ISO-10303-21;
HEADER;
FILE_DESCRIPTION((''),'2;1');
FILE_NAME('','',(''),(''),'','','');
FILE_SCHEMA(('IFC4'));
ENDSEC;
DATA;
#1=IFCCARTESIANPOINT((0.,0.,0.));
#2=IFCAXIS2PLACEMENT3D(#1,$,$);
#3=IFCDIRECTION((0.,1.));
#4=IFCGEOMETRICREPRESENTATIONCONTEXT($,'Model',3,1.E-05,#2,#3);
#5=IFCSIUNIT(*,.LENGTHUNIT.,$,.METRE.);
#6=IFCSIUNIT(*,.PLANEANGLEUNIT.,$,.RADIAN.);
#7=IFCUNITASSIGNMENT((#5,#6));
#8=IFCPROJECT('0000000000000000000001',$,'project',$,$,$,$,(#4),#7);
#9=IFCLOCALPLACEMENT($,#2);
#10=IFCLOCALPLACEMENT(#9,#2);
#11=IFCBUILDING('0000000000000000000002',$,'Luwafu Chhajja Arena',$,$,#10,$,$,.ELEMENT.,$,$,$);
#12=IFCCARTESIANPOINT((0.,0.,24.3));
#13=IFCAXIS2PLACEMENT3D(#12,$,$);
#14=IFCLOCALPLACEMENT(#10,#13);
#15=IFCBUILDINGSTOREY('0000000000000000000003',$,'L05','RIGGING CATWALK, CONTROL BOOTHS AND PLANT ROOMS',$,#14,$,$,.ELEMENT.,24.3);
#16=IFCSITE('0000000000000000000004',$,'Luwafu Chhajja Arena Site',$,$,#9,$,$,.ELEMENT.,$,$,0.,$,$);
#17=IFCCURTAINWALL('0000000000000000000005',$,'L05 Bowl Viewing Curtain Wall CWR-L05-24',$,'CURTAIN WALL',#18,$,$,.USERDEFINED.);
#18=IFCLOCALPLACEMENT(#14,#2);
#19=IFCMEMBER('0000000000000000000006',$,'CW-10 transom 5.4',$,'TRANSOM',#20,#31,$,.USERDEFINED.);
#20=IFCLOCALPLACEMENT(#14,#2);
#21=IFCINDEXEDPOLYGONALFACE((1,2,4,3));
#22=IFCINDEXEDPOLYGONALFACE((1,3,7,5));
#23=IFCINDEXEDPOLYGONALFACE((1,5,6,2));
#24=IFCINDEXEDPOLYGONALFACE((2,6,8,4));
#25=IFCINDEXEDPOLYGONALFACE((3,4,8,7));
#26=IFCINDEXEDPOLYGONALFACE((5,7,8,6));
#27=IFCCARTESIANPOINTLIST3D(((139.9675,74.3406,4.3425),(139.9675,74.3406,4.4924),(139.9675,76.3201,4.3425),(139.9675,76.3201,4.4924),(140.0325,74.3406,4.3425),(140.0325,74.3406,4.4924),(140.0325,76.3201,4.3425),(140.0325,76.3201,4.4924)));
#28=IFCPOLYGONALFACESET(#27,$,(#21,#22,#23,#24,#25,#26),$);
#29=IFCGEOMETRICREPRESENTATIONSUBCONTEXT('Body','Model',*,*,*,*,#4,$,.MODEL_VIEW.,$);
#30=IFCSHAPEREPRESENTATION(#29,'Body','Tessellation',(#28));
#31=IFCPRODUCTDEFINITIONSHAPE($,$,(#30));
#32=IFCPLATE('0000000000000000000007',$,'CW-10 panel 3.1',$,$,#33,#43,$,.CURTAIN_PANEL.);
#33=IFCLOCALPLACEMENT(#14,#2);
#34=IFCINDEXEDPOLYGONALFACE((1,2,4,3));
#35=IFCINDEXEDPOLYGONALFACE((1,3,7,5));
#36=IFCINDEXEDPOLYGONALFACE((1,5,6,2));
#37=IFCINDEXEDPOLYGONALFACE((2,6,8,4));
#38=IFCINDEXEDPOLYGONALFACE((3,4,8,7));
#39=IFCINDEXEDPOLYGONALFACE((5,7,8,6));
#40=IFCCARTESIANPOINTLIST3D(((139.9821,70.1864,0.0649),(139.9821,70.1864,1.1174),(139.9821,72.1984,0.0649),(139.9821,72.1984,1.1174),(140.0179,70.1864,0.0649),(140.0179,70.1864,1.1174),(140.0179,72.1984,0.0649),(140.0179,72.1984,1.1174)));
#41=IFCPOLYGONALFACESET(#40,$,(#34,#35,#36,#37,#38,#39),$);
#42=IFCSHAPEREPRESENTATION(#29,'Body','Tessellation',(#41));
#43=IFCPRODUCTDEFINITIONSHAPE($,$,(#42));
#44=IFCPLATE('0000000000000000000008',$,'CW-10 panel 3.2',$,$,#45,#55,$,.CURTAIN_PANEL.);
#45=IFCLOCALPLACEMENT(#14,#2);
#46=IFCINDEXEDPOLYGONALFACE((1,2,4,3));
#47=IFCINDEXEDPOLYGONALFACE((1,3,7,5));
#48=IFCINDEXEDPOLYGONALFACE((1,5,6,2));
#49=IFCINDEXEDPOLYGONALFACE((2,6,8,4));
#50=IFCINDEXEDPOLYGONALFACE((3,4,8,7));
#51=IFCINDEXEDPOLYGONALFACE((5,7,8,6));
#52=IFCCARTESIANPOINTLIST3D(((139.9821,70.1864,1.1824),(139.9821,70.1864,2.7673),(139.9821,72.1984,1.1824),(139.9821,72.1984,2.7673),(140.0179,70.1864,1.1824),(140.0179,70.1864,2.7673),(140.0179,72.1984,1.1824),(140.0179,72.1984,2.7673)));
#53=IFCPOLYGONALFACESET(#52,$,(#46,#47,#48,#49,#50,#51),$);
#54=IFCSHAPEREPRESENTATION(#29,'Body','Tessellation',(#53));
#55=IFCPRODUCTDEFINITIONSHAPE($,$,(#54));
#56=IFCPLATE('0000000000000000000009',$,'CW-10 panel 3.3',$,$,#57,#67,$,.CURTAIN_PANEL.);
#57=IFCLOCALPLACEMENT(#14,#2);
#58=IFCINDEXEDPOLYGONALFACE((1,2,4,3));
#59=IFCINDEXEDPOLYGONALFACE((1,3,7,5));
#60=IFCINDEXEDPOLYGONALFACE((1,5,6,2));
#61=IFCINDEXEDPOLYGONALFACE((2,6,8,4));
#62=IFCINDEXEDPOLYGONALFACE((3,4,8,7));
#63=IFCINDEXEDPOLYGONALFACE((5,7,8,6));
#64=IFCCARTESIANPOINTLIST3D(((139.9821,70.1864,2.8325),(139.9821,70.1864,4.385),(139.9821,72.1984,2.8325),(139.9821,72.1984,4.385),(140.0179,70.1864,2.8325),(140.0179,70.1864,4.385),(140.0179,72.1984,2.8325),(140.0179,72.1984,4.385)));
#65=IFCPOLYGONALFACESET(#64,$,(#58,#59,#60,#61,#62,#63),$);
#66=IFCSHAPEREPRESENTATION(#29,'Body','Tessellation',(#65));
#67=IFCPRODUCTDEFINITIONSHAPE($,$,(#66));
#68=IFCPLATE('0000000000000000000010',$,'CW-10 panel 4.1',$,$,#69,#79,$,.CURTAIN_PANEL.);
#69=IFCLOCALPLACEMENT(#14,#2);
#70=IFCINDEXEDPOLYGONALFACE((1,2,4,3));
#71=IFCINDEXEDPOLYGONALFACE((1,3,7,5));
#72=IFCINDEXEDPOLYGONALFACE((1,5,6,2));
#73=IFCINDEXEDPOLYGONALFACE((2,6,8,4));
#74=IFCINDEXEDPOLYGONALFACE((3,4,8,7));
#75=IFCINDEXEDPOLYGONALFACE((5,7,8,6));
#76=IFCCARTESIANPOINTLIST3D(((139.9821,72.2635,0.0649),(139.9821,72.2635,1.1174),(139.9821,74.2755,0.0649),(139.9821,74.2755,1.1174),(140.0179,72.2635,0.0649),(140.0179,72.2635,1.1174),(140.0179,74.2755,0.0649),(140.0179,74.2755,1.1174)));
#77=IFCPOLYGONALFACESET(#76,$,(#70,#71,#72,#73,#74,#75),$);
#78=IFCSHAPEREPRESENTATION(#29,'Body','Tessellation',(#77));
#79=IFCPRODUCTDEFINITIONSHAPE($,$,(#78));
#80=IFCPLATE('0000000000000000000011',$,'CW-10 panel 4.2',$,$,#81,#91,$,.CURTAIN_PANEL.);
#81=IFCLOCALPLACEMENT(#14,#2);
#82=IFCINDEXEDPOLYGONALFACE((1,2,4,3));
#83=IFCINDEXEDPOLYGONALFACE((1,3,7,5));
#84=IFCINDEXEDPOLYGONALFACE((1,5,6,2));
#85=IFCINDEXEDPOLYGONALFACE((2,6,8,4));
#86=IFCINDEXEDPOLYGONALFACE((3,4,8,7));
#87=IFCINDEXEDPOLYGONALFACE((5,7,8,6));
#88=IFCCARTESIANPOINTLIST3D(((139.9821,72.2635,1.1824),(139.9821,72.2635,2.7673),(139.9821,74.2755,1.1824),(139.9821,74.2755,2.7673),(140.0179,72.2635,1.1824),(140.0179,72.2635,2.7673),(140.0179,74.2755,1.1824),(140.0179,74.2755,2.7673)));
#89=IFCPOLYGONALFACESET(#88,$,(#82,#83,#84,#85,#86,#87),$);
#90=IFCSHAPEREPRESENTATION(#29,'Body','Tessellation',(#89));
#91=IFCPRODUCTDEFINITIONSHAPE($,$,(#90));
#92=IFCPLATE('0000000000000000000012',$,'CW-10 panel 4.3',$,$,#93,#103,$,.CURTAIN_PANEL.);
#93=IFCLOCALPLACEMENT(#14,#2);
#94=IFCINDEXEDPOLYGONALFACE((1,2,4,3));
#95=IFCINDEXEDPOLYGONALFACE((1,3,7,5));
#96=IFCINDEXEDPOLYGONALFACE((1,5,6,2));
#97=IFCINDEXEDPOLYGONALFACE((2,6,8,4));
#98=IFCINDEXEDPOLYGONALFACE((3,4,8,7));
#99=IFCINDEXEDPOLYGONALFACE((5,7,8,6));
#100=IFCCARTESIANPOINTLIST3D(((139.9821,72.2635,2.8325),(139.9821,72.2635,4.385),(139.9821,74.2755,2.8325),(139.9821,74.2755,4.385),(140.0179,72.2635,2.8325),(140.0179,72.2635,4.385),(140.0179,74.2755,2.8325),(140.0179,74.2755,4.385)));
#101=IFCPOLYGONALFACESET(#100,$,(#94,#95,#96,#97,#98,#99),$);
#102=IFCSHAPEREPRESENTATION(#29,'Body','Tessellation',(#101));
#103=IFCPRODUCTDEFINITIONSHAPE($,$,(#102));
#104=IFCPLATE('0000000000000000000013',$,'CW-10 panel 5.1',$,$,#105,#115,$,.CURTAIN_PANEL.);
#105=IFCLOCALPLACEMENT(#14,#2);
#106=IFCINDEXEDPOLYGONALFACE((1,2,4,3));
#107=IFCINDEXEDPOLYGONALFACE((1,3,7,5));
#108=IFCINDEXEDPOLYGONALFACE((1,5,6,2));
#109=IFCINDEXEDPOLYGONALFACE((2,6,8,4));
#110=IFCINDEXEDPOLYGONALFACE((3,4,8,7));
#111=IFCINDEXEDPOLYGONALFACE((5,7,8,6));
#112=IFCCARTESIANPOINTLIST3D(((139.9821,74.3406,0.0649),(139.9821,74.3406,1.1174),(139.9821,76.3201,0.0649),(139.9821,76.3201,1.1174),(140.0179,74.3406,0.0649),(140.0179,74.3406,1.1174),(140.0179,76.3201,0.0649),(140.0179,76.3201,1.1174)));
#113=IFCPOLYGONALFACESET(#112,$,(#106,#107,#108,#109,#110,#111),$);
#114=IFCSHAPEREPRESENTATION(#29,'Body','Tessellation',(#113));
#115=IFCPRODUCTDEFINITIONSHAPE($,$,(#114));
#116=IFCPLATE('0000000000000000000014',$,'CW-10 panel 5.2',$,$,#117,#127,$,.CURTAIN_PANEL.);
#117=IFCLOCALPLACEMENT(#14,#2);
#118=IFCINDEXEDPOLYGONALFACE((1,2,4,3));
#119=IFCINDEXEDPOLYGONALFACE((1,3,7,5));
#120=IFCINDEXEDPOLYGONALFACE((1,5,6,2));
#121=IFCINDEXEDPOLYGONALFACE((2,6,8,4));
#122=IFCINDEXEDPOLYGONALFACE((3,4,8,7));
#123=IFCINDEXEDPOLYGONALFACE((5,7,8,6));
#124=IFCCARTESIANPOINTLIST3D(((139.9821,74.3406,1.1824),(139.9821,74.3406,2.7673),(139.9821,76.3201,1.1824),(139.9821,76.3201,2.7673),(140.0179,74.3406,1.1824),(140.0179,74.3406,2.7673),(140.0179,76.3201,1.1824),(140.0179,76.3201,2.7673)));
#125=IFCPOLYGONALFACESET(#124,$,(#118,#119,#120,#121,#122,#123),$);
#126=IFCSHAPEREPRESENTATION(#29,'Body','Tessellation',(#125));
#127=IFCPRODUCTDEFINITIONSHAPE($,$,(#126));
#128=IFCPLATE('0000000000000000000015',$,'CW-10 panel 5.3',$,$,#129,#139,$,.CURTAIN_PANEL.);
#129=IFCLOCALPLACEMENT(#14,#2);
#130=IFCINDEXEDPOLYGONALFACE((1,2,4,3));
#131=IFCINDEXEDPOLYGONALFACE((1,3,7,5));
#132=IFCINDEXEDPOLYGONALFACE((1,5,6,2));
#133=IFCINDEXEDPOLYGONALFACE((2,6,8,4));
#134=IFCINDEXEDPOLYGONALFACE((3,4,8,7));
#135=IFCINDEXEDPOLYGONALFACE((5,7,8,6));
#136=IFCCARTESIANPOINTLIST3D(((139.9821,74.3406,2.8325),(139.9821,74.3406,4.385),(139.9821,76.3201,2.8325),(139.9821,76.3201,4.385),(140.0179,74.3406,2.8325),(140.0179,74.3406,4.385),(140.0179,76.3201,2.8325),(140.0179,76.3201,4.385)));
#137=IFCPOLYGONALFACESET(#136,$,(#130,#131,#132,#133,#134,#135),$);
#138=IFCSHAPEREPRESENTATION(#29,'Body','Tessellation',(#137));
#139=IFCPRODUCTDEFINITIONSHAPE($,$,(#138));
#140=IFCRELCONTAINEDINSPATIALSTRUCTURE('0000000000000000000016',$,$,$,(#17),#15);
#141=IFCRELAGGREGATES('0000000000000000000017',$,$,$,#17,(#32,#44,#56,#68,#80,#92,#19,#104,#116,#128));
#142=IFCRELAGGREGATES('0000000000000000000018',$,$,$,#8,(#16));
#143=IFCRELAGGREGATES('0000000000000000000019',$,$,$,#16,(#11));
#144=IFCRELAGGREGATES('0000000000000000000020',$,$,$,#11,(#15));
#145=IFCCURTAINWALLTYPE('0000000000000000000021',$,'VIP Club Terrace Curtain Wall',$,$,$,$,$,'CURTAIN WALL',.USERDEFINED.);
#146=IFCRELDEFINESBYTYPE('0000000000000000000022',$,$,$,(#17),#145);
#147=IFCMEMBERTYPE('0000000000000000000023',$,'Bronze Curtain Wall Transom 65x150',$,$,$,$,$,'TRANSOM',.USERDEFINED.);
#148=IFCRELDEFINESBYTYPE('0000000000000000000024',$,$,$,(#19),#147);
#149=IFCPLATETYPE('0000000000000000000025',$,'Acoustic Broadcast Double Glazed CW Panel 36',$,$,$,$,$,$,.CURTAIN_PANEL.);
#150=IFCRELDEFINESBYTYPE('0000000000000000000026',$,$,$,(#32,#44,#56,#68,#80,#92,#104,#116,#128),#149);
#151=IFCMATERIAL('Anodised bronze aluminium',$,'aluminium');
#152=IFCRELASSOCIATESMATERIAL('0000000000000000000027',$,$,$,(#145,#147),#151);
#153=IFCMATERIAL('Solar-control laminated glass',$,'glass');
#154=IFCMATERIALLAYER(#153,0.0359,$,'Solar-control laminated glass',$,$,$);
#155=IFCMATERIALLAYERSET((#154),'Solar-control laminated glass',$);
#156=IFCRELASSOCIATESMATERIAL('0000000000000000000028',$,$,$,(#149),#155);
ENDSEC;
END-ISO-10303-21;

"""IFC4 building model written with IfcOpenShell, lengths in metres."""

from ifc_helpers import new_model, si_unit, direction, frame, origin, origin_2d, place, context, subcontext, project, spatial, rectangle, extrude, material, layer, layer_set, material_profile, profile_set, type_object, element, aggregate, save


model = new_model("IFC4")

# Units and contexts
model_context = context("Model", 3, precision=1e-05, world=origin(), true_north=direction((0.0, 1.0)))
body_context = subcontext(model_context, "Body", "Model", "MODEL_VIEW")
ifc_project = project(units=[si_unit("LENGTHUNIT", "METRE"), si_unit("PLANEANGLEUNIT", "RADIAN")], contexts=[model_context])

# Site, building, storey
site_placement = place(None, origin())
site = spatial("IfcSite", under=ifc_project, at=site_placement, Name="Luwafu Chhajja Arena Site", CompositionType="ELEMENT", RefElevation=0.0)
building_placement = place(site_placement, origin())
building = spatial("IfcBuilding", under=site, at=building_placement, Name="Luwafu Chhajja Arena", CompositionType="ELEMENT")
storey_placement = place(building_placement, frame((0.0, 0.0, 24.3)))
storey = spatial("IfcBuildingStorey", under=building, at=storey_placement, Name="L05", Description="RIGGING CATWALK, CONTROL BOOTHS AND PLANT ROOMS", CompositionType="ELEMENT", Elevation=24.3)

# Curtain wall, member, plates
ifc_material_1 = material(Name="Anodised bronze aluminium", Category="aluminium")
curtain_wall_type = type_object("IfcCurtainWallType", Name="VIP Club Terrace Curtain Wall", ElementType="CURTAIN WALL", PredefinedType="USERDEFINED", material=ifc_material_1)
curtain_wall_placement = place(storey_placement, origin())
curtain_wall = element("IfcCurtainWall", 1, at=curtain_wall_placement, inside=storey, type_object=curtain_wall_type, Name="L05 Bowl Viewing Curtain Wall CWR-L05-24", ObjectType="CURTAIN WALL", PredefinedType="USERDEFINED")
ifc_material_profile_1 = material_profile(ifc_material_1, rectangle(XDim=0.0649, YDim=0.1499, at=origin_2d()), Name="CWT 65x150")
ifc_profile_set_1 = profile_set([ifc_material_profile_1], Name="Anodised bronze aluminium")
member_type_1 = type_object("IfcMemberType", Name="Bronze Curtain Wall Transom 65x150", ElementType="TRANSOM", PredefinedType="USERDEFINED", material=ifc_profile_set_1)
member_1_placement = place(storey_placement, frame((140.0, 74.3406, 4.4175), z_axis=(0.0, 1.0, 0.0), x_axis=(-1.0, 0.0, 0.0)))
member_1 = element("IfcMember", 2, at=member_1_placement, type_object=member_type_1, Name="CW-10 transom 5.4", ObjectType="TRANSOM", PredefinedType="USERDEFINED", context=body_context, shape_type="SweptSolid", body=[
    extrude(rectangle(XDim=0.0649, YDim=0.1499, at=origin_2d()), origin(), (0.0, 0.0, 1.0), 1.9795),
])
ifc_material_2 = material(Name="Solar-control laminated glass", Category="glass")
ifc_layer = layer(ifc_material_2, 0.0359, Name="Solar-control laminated glass")
ifc_layer_set = layer_set([ifc_layer], Name="Solar-control laminated glass")
plate_type = type_object("IfcPlateType", Name="Acoustic Broadcast Double Glazed CW Panel 36", PredefinedType="CURTAIN_PANEL", material=ifc_layer_set)
plate_1_placement = place(storey_placement, frame((140.0, 71.1924, 0.0649), z_axis=(0.0, 0.0, 1.0), x_axis=(0.0, 1.0, 0.0)))
plate_1 = element("IfcPlate", 3, at=plate_1_placement, type_object=plate_type, Name="CW-10 panel 3.1", PredefinedType="CURTAIN_PANEL", context=body_context, shape_type="SweptSolid", body=[
    extrude(rectangle(XDim=2.012, YDim=0.0359, at=origin_2d()), origin(), (0.0, 0.0, 1.0), 1.0525),
])
plate_2_placement = place(storey_placement, frame((140.0, 71.1924, 1.1824), z_axis=(0.0, 0.0, 1.0), x_axis=(0.0, 1.0, 0.0)))
plate_2 = element("IfcPlate", 4, at=plate_2_placement, type_object=plate_type, Name="CW-10 panel 3.2", PredefinedType="CURTAIN_PANEL", context=body_context, shape_type="SweptSolid", body=[
    extrude(rectangle(XDim=2.012, YDim=0.0359, at=origin_2d()), origin(), (0.0, 0.0, 1.0), 1.585),
])
plate_3_placement = place(storey_placement, frame((140.0, 71.1924, 2.8325), z_axis=(0.0, 0.0, 1.0), x_axis=(0.0, 1.0, 0.0)))
plate_3 = element("IfcPlate", 5, at=plate_3_placement, type_object=plate_type, Name="CW-10 panel 3.3", PredefinedType="CURTAIN_PANEL", context=body_context, shape_type="SweptSolid", body=[
    extrude(rectangle(XDim=2.012, YDim=0.0359, at=origin_2d()), origin(), (0.0, 0.0, 1.0), 1.5525),
])
plate_4_placement = place(storey_placement, frame((140.0, 73.2695, 0.0649), z_axis=(0.0, 0.0, 1.0), x_axis=(0.0, 1.0, 0.0)))
plate_4 = element("IfcPlate", 6, at=plate_4_placement, type_object=plate_type, Name="CW-10 panel 4.1", PredefinedType="CURTAIN_PANEL", context=body_context, shape_type="SweptSolid", body=[
    extrude(rectangle(XDim=2.012, YDim=0.0359, at=origin_2d()), origin(), (0.0, 0.0, 1.0), 1.0525),
])
plate_5_placement = place(storey_placement, frame((140.0, 73.2695, 1.1824), z_axis=(0.0, 0.0, 1.0), x_axis=(0.0, 1.0, 0.0)))
plate_5 = element("IfcPlate", 7, at=plate_5_placement, type_object=plate_type, Name="CW-10 panel 4.2", PredefinedType="CURTAIN_PANEL", context=body_context, shape_type="SweptSolid", body=[
    extrude(rectangle(XDim=2.012, YDim=0.0359, at=origin_2d()), origin(), (0.0, 0.0, 1.0), 1.585),
])
plate_6_placement = place(storey_placement, frame((140.0, 73.2695, 2.8325), z_axis=(0.0, 0.0, 1.0), x_axis=(0.0, 1.0, 0.0)))
plate_6 = element("IfcPlate", 8, at=plate_6_placement, type_object=plate_type, Name="CW-10 panel 4.3", PredefinedType="CURTAIN_PANEL", context=body_context, shape_type="SweptSolid", body=[
    extrude(rectangle(XDim=2.012, YDim=0.0359, at=origin_2d()), origin(), (0.0, 0.0, 1.0), 1.5525),
])
plate_7_placement = place(storey_placement, frame((140.0, 75.3303, 0.0649), z_axis=(0.0, 0.0, 1.0), x_axis=(0.0, 1.0, 0.0)))
plate_7 = element("IfcPlate", 9, at=plate_7_placement, type_object=plate_type, Name="CW-10 panel 5.1", PredefinedType="CURTAIN_PANEL", context=body_context, shape_type="SweptSolid", body=[
    extrude(rectangle(XDim=1.9795, YDim=0.0359, at=origin_2d()), origin(), (0.0, 0.0, 1.0), 1.0525),
])
plate_8_placement = place(storey_placement, frame((140.0, 75.3303, 1.1824), z_axis=(0.0, 0.0, 1.0), x_axis=(0.0, 1.0, 0.0)))
plate_8 = element("IfcPlate", 10, at=plate_8_placement, type_object=plate_type, Name="CW-10 panel 5.2", PredefinedType="CURTAIN_PANEL", context=body_context, shape_type="SweptSolid", body=[
    extrude(rectangle(XDim=1.9795, YDim=0.0359, at=origin_2d()), origin(), (0.0, 0.0, 1.0), 1.585),
])
plate_9_placement = place(storey_placement, frame((140.0, 75.3303, 2.8325), z_axis=(0.0, 0.0, 1.0), x_axis=(0.0, 1.0, 0.0)))
plate_9 = element("IfcPlate", 11, at=plate_9_placement, type_object=plate_type, Name="CW-10 panel 5.3", PredefinedType="CURTAIN_PANEL", context=body_context, shape_type="SweptSolid", body=[
    extrude(rectangle(XDim=1.9795, YDim=0.0359, at=origin_2d()), origin(), (0.0, 0.0, 1.0), 1.5525),
])
aggregate(curtain_wall, [plate_1, plate_2, plate_3, plate_4, plate_5, plate_6, member_1, plate_7, plate_8, plate_9])

save(model, "model.ifc")
